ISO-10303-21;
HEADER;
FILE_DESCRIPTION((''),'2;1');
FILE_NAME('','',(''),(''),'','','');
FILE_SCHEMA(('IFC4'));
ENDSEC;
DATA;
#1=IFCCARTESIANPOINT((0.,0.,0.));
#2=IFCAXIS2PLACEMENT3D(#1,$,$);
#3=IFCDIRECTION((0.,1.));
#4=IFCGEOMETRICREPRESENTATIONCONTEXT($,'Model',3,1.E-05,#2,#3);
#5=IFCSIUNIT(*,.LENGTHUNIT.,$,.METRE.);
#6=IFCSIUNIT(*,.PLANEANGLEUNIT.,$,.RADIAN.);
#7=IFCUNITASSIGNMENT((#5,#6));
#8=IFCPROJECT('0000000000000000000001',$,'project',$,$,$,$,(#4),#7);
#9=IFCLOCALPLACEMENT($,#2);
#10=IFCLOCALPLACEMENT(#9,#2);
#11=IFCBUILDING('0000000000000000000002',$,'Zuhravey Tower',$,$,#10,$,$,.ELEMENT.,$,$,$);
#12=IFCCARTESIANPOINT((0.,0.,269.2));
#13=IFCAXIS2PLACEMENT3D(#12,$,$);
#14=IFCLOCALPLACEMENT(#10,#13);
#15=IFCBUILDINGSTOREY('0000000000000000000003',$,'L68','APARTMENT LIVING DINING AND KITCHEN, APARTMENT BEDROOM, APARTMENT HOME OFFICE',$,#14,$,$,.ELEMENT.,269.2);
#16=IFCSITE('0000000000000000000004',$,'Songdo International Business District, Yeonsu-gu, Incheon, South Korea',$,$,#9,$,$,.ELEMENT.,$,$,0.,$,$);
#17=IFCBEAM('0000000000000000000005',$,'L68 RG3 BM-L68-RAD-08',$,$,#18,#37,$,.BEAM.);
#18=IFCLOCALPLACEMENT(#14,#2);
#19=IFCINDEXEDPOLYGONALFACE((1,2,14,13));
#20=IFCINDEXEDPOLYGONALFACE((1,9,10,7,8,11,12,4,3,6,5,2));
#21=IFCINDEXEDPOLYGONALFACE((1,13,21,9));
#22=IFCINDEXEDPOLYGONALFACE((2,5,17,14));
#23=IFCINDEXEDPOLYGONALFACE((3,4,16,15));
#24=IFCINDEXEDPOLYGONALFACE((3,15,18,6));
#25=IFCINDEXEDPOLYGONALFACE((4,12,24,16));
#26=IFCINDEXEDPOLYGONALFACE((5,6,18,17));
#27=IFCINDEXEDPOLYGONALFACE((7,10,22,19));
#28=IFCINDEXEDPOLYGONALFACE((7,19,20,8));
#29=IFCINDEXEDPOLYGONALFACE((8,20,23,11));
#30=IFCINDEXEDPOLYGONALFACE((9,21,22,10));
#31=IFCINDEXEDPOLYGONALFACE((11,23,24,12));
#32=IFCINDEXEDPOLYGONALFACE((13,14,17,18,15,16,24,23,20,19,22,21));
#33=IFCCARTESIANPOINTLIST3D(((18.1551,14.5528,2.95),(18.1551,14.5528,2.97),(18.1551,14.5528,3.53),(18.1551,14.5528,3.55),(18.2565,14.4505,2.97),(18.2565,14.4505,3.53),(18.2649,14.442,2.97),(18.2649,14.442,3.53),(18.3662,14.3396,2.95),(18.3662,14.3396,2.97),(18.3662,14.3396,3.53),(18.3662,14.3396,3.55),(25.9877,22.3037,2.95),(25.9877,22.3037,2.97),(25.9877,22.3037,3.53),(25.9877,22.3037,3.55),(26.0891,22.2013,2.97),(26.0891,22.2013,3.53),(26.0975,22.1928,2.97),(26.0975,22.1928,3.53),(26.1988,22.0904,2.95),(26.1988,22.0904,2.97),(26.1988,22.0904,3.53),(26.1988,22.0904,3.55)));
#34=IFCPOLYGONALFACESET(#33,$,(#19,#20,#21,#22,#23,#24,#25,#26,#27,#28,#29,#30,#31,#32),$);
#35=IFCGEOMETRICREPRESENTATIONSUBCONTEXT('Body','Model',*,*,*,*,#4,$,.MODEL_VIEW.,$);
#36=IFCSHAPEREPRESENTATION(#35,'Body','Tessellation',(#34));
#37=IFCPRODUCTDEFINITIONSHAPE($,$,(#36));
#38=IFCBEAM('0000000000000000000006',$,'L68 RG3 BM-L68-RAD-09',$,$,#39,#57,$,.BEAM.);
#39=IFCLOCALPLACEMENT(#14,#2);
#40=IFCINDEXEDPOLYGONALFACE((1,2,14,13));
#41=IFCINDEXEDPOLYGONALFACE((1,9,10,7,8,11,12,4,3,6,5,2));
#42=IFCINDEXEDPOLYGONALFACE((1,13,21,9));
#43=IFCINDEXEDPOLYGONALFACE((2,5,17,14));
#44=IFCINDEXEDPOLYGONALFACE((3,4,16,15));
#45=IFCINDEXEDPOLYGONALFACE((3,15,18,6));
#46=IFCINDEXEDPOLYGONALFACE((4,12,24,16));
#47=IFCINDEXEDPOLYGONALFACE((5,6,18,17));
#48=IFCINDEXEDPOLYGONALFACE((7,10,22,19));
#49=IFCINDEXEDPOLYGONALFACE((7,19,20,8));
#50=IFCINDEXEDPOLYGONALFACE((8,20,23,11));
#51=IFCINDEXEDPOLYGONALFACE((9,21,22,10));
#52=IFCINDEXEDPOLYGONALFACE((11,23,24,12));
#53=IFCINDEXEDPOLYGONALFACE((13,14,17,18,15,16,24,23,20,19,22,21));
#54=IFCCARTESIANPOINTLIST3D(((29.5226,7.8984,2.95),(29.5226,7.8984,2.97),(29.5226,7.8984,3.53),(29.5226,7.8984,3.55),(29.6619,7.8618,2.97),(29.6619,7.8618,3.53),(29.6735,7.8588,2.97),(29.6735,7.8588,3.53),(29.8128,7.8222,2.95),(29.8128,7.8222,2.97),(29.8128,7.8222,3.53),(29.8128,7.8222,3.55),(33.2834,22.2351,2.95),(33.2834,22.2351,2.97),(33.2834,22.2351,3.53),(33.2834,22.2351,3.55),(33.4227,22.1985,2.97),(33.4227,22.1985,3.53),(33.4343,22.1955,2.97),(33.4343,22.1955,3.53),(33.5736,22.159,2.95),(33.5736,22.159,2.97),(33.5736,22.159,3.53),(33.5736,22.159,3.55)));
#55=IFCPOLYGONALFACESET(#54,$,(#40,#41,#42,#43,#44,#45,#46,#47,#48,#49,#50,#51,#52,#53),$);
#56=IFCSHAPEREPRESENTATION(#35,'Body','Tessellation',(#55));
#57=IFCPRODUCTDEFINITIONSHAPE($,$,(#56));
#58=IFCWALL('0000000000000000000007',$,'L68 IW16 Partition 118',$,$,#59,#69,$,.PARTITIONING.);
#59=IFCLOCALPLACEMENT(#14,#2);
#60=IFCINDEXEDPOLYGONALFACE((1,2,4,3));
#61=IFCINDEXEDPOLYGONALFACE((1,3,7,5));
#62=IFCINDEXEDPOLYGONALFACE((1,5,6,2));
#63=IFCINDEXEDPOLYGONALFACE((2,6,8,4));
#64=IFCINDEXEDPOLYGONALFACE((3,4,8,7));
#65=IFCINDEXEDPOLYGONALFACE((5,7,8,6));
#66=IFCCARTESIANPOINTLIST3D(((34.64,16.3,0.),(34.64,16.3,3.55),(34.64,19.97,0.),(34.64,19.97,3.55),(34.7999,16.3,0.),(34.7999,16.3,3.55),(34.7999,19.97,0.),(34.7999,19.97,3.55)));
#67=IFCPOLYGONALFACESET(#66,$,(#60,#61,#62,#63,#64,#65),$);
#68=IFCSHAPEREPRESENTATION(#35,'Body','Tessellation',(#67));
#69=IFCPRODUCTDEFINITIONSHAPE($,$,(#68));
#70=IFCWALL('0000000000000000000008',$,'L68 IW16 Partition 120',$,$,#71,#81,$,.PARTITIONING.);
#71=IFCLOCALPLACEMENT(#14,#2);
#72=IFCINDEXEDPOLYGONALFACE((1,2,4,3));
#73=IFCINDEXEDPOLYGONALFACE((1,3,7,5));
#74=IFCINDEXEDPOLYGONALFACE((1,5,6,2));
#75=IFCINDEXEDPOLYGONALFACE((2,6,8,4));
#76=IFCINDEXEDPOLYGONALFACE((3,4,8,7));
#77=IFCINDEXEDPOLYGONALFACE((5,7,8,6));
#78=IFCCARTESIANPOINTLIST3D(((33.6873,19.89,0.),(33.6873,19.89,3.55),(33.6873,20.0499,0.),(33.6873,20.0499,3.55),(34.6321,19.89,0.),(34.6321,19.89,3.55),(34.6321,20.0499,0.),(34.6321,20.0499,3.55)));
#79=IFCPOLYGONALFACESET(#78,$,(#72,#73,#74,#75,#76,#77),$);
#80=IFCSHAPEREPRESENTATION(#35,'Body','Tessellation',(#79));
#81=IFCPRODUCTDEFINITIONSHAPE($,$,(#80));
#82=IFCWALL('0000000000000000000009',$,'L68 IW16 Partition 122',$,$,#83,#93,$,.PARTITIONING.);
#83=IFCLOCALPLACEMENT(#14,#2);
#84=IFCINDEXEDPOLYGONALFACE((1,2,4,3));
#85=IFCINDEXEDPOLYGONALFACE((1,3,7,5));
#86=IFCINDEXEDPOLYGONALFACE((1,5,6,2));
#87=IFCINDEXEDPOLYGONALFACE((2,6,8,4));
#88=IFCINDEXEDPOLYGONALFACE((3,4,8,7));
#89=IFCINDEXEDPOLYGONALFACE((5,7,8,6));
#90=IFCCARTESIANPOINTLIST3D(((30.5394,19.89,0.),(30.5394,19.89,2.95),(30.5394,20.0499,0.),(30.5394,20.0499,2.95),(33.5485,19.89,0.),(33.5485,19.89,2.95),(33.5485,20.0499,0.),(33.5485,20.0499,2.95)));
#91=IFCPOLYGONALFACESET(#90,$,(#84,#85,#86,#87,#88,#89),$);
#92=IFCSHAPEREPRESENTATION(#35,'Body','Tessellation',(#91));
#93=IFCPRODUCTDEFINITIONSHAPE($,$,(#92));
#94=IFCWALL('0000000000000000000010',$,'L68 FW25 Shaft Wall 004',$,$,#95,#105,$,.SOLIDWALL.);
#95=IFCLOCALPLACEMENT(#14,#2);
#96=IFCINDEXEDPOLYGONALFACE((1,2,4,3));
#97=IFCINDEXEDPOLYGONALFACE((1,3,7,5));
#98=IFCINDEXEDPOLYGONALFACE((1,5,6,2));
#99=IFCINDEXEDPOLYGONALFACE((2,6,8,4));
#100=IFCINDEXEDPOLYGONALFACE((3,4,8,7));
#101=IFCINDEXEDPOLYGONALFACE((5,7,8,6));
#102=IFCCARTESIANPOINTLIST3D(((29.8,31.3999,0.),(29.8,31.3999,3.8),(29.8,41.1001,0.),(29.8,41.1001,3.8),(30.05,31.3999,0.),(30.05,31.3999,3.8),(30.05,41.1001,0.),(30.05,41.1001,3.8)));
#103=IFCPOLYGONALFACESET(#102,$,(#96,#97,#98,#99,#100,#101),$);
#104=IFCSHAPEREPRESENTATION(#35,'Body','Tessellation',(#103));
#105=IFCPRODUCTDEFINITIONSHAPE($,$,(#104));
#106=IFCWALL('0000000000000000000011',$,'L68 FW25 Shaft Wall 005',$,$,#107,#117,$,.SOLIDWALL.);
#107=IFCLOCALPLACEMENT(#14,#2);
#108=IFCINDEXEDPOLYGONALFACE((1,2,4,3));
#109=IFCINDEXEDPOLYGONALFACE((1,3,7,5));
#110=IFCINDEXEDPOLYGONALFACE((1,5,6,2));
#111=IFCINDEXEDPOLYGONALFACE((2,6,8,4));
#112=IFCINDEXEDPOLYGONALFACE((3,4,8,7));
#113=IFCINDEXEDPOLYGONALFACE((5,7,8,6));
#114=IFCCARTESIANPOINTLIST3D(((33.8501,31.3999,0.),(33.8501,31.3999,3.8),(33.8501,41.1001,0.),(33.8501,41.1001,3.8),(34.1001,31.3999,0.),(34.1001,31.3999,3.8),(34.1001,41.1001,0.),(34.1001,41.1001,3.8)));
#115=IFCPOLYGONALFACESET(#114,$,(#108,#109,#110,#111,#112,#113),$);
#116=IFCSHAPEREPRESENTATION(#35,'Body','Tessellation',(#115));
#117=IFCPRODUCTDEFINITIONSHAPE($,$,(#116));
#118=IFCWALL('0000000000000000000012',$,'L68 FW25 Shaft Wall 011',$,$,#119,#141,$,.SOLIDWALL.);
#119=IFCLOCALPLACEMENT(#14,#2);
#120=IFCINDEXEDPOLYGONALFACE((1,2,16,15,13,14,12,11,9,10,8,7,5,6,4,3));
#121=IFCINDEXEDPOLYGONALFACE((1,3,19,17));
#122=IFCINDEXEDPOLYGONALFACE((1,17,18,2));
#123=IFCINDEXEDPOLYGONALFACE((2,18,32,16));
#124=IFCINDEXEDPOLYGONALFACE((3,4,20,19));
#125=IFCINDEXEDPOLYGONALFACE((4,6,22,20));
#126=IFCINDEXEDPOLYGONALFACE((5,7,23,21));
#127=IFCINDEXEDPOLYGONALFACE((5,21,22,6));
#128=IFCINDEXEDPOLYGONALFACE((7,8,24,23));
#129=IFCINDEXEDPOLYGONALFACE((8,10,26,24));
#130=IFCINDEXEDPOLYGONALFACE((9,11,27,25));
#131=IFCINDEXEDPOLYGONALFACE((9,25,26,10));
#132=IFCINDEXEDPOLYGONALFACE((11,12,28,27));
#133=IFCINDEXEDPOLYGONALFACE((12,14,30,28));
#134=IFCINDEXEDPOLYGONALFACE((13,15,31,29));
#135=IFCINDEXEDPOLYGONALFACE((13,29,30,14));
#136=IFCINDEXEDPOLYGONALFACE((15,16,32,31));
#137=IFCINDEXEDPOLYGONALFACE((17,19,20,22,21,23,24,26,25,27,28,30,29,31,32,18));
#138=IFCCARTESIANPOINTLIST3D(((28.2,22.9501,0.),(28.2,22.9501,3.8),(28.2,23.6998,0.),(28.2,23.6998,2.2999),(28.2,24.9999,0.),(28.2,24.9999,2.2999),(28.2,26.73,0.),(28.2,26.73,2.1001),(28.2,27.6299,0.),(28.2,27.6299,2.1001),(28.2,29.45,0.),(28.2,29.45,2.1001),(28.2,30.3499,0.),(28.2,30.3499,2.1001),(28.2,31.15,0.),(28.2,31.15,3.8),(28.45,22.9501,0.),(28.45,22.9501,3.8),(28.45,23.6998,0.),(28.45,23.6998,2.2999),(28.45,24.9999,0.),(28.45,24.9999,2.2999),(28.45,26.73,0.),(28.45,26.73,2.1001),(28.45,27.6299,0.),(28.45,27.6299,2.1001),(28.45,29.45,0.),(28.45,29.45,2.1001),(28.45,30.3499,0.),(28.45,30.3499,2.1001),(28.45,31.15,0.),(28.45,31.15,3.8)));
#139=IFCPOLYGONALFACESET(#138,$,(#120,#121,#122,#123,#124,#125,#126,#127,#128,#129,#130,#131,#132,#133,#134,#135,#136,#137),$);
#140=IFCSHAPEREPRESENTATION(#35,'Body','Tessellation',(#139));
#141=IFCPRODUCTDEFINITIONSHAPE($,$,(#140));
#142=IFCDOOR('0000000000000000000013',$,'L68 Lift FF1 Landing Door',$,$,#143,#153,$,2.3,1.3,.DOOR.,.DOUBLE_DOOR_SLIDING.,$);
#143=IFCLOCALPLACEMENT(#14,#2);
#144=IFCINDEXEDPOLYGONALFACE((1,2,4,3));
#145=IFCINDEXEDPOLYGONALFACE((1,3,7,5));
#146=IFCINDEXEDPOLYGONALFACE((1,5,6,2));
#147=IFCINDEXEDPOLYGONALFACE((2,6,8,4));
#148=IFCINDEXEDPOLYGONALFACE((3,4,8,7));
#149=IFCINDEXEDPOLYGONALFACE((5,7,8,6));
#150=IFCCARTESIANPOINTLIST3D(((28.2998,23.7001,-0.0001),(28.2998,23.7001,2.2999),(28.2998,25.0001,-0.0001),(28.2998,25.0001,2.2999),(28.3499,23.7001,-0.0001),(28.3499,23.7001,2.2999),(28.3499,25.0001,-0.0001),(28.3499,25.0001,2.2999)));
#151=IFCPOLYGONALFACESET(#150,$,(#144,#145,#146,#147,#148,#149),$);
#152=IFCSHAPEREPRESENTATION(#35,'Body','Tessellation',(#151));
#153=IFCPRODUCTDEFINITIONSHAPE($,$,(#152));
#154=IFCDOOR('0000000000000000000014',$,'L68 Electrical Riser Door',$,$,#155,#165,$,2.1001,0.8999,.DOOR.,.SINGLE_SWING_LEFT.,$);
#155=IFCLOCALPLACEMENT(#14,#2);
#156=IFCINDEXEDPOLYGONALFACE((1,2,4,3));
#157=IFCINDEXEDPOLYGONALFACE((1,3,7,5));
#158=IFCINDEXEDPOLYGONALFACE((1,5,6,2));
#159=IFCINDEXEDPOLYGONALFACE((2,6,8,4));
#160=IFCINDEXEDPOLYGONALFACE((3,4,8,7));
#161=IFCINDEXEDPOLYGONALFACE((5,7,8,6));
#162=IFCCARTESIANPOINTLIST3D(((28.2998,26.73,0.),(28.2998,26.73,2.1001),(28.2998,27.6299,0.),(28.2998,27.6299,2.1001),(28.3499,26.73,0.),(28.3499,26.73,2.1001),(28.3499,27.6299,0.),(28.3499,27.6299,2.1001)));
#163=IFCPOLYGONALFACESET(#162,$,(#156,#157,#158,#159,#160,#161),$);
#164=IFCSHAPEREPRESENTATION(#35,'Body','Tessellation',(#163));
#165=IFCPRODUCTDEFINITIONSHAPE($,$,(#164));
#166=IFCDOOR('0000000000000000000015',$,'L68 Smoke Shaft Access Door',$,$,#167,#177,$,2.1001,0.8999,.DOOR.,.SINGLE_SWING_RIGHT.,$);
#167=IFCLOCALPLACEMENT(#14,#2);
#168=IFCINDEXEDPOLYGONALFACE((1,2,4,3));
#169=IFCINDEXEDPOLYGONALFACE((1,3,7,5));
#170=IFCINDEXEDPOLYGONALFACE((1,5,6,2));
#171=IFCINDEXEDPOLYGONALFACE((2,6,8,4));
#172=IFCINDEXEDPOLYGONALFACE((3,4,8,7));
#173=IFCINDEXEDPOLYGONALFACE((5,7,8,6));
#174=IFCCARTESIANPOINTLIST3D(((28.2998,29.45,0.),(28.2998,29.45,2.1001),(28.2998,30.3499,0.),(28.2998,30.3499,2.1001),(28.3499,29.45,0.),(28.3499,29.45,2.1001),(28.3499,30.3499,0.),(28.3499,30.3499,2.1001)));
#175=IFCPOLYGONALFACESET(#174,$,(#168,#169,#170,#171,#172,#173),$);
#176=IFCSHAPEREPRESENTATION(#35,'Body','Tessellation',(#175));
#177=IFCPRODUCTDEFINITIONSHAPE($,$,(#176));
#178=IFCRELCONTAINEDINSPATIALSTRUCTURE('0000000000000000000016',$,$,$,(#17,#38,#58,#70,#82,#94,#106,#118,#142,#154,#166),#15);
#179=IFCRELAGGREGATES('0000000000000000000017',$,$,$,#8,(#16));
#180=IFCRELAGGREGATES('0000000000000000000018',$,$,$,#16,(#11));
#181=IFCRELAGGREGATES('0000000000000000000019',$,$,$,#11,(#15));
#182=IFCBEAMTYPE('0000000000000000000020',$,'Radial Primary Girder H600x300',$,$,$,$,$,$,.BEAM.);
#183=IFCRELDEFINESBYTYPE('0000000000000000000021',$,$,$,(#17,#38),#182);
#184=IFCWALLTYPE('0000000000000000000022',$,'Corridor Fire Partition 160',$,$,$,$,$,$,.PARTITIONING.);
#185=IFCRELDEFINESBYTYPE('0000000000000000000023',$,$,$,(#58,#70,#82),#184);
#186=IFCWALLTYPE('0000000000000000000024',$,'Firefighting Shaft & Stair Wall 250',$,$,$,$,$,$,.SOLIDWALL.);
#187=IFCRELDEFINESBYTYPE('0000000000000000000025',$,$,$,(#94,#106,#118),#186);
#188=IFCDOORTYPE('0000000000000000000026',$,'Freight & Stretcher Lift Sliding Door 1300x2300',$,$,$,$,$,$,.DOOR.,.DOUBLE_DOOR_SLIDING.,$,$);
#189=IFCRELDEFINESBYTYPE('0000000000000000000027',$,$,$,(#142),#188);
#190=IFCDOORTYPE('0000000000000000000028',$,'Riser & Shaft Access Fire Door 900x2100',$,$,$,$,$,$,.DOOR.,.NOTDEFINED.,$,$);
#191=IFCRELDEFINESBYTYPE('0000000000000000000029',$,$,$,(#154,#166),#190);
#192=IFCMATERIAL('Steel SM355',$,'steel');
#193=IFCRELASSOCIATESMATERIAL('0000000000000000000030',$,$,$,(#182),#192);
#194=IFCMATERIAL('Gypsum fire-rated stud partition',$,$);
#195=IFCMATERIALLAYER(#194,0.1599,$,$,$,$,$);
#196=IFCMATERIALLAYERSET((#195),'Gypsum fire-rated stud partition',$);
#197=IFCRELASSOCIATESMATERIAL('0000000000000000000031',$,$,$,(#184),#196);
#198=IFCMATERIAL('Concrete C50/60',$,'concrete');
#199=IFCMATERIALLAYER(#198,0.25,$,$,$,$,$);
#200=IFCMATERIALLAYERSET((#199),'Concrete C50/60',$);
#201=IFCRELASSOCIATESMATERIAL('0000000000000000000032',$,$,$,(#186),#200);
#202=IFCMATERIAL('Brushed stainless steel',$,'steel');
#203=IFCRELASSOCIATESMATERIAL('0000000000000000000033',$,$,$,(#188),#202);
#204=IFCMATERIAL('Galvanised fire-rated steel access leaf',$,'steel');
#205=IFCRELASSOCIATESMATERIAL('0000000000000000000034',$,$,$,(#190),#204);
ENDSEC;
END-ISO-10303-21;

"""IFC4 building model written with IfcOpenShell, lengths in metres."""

from ifc_helpers import new_model, si_unit, direction, frame, frame_2d, origin, origin_2d, place, context, subcontext, project, spatial, rectangle, i_section, extrude, material, layer, layer_set, material_profile, profile_set, type_object, element, fill, save


model = new_model("IFC4")

# Units and contexts
model_context = context("Model", 3, precision=1e-05, world=origin(), true_north=direction((0.0, 1.0)))
body_context = subcontext(model_context, "Body", "Model", "MODEL_VIEW")
ifc_project = project(units=[si_unit("LENGTHUNIT", "METRE"), si_unit("PLANEANGLEUNIT", "RADIAN")], contexts=[model_context])

# Site, building, storey
site_placement = place(None, origin())
site = spatial("IfcSite", under=ifc_project, at=site_placement, Name="Songdo International Business District, Yeonsu-gu, Incheon, South Korea", CompositionType="ELEMENT", RefElevation=0.0)
building_placement = place(site_placement, origin())
building = spatial("IfcBuilding", under=site, at=building_placement, Name="Zuhravey Tower", CompositionType="ELEMENT")
storey_placement = place(building_placement, frame((0.0, 0.0, 269.2)))
storey = spatial("IfcBuildingStorey", under=building, at=storey_placement, Name="L68", Description="APARTMENT LIVING DINING AND KITCHEN, APARTMENT BEDROOM, APARTMENT HOME OFFICE", CompositionType="ELEMENT", Elevation=269.2)

# Beams
ifc_material_1 = material(Name="Steel SM355", Category="steel")
ifc_material_profile = material_profile(ifc_material_1, i_section(OverallWidth=0.3, OverallDepth=0.6001, WebThickness=0.012, FlangeThickness=0.02, at=origin_2d()), Name="H-600x300x12x20")
ifc_profile_set = profile_set([ifc_material_profile], Name="Steel SM355")
beam_type = type_object("IfcBeamType", Name="Radial Primary Girder H600x300", PredefinedType="BEAM", material=ifc_profile_set)
beam_1_placement = place(storey_placement, frame((26.0933, 22.197, 3.25), z_axis=(-0.710808, -0.703386, 0.0), x_axis=(0.703386, -0.710808, 0.0)))
element("IfcBeam", 1, at=beam_1_placement, inside=storey, type_object=beam_type, Name="L68 RG3 BM-L68-RAD-08", PredefinedType="BEAM", context=body_context, shape_type="SweptSolid", body=[
    extrude(i_section(OverallWidth=0.3, OverallDepth=0.6001, WebThickness=0.012, FlangeThickness=0.02, at=origin_2d()), origin(), (0.0, 0.0, 1.0), 11.0193),
])
beam_2_placement = place(storey_placement, frame((33.4285, 22.197, 3.25), z_axis=(-0.253732, -0.967275, 0.0), x_axis=(0.967275, -0.253732, 0.0)))
element("IfcBeam", 2, at=beam_2_placement, inside=storey, type_object=beam_type, Name="L68 RG3 BM-L68-RAD-09", PredefinedType="BEAM", context=body_context, shape_type="SweptSolid", body=[
    extrude(i_section(OverallWidth=0.3, OverallDepth=0.6001, WebThickness=0.012, FlangeThickness=0.02, at=origin_2d()), origin(), (0.0, 0.0, 1.0), 14.8218),
])

# Walls
ifc_material_2 = material(Name="Gypsum fire-rated stud partition")
ifc_layer_1 = layer(ifc_material_2, 0.1599)
ifc_layer_set_1 = layer_set([ifc_layer_1], Name="Gypsum fire-rated stud partition")
wall_type_1 = type_object("IfcWallType", Name="Corridor Fire Partition 160", PredefinedType="PARTITIONING", material=ifc_layer_set_1)
wall_1_placement = place(storey_placement, frame((34.72, 19.97, 0.0), z_axis=(0.0, 0.0, 1.0), x_axis=(0.0, -1.0, 0.0)))
element("IfcWall", 3, at=wall_1_placement, inside=storey, type_object=wall_type_1, Name="L68 IW16 Partition 118", PredefinedType="PARTITIONING", context=body_context, shape_type="SweptSolid", body=[
    extrude(rectangle(XDim=3.6699, YDim=0.1599, at=frame_2d((1.835, 0.0))), origin(), (0.0, 0.0, 1.0), 3.55),
])
wall_2_placement = place(storey_placement, frame((33.6873, 19.97, 0.0), z_axis=(0.0, 0.0, 1.0), x_axis=(1.0, 0.0, 0.0)))
element("IfcWall", 4, at=wall_2_placement, inside=storey, type_object=wall_type_1, Name="L68 IW16 Partition 120", PredefinedType="PARTITIONING", context=body_context, shape_type="SweptSolid", body=[
    extrude(rectangle(XDim=0.9448, YDim=0.1599, at=frame_2d((0.4724, 0.0))), origin(), (0.0, 0.0, 1.0), 3.55),
])
wall_3_placement = place(storey_placement, frame((30.5396, 19.97, 0.0), z_axis=(0.0, 0.0, 1.0), x_axis=(1.0, 0.0, 0.0)))
element("IfcWall", 5, at=wall_3_placement, inside=storey, type_object=wall_type_1, Name="L68 IW16 Partition 122", PredefinedType="PARTITIONING", context=body_context, shape_type="SweptSolid", body=[
    extrude(rectangle(XDim=3.009, YDim=0.1599, at=frame_2d((1.5044, 0.0))), origin(), (0.0, 0.0, 1.0), 2.95),
])
ifc_material_3 = material(Name="Concrete C50/60", Category="concrete")
ifc_layer_2 = layer(ifc_material_3, 0.25)
ifc_layer_set_2 = layer_set([ifc_layer_2], Name="Concrete C50/60")
wall_type_2 = type_object("IfcWallType", Name="Firefighting Shaft & Stair Wall 250", PredefinedType="SOLIDWALL", material=ifc_layer_set_2)
for number, where, z_axis, x_axis, name in (
    (6, (29.925, 31.3999, 0.0), (0.0, 0.0, 1.0), (0.0, 1.0, 0.0), "L68 FW25 Shaft Wall 004"),
    (7, (33.9751, 31.3999, 0.0), (0.0, 0.0, 1.0), (0.0, 1.0, 0.0), "L68 FW25 Shaft Wall 005"),
):
    element("IfcWall", number, at=place(storey_placement, frame(where, z_axis=z_axis, x_axis=x_axis)), inside=storey, type_object=wall_type_2, Name=name, PredefinedType="SOLIDWALL", context=body_context, shape_type="SweptSolid", body=[
        extrude(rectangle(XDim=9.7002, YDim=0.25, at=frame_2d((4.8501, 0.0))), origin(), (0.0, 0.0, 1.0), 3.8),
    ])

# Wall, openings, doors
wall_4_placement = place(storey_placement, frame((28.325, 22.95, 0.0), z_axis=(0.0, 0.0, 1.0), x_axis=(0.0, 1.0, 0.0)))
wall_4 = element("IfcWall", 8, at=wall_4_placement, inside=storey, type_object=wall_type_2, Name="L68 FW25 Shaft Wall 011", PredefinedType="SOLIDWALL", context=body_context, shape_type="SweptSolid", body=[
    extrude(rectangle(XDim=8.2, YDim=0.25, at=frame_2d((4.1001, 0.0))), origin(), (0.0, 0.0, 1.0), 3.8),
])
opening_1_placement = place(wall_4_placement, frame((0.75, 0.0, 0.0)))
opening_1 = element("IfcOpeningElement", 9, at=opening_1_placement, cuts=wall_4, PredefinedType="OPENING", context=body_context, shape_type="SweptSolid", body=[
    extrude(rectangle(XDim=1.3, YDim=2.3, at=frame_2d((0.6499, 1.1499))), frame((0.0, 0.137, 0.0), z_axis=(0.0, -1.0, 0.0), x_axis=(1.0, 0.0, 0.0)), (0.0, 0.0, 1.0), 0.2739),
])
opening_2_placement = place(wall_4_placement, frame((3.78, 0.0, 0.0)))
opening_2 = element("IfcOpeningElement", 10, at=opening_2_placement, cuts=wall_4, PredefinedType="OPENING", context=body_context, shape_type="SweptSolid", body=[
    extrude(rectangle(XDim=0.8999, YDim=2.1001, at=frame_2d((0.45, 1.05))), frame((0.0, 0.137, 0.0), z_axis=(0.0, -1.0, 0.0), x_axis=(1.0, 0.0, 0.0)), (0.0, 0.0, 1.0), 0.2739),
])
opening_3_placement = place(wall_4_placement, frame((6.5, 0.0, 0.0)))
opening_3 = element("IfcOpeningElement", 11, at=opening_3_placement, cuts=wall_4, PredefinedType="OPENING", context=body_context, shape_type="SweptSolid", body=[
    extrude(rectangle(XDim=0.8999, YDim=2.1001, at=frame_2d((0.45, 1.05))), frame((0.0, 0.137, 0.0), z_axis=(0.0, -1.0, 0.0), x_axis=(1.0, 0.0, 0.0)), (0.0, 0.0, 1.0), 0.2739),
])
ifc_material_4 = material(Name="Brushed stainless steel", Category="steel")
door_type_1 = type_object("IfcDoorType", Name="Freight & Stretcher Lift Sliding Door 1300x2300", OperationType="DOUBLE_DOOR_SLIDING", PredefinedType="DOOR", material=ifc_material_4)
door_1_placement = place(opening_1_placement, frame((1.3, 0.0, 0.0), z_axis=(0.0, 0.0, 1.0), x_axis=(-1.0, 0.0, 0.0)))
door_1 = element("IfcDoor", 12, at=door_1_placement, inside=storey, type_object=door_type_1, Name="L68 Lift FF1 Landing Door", OperationType="DOUBLE_DOOR_SLIDING", OverallHeight=2.3, OverallWidth=1.3, PredefinedType="DOOR", context=body_context, shape_type="SweptSolid", body=[
    extrude(rectangle(XDim=1.3, YDim=2.3, at=frame_2d((0.6499, 1.1499))), frame((0.0, 0.0249, 0.0), z_axis=(0.0, -1.0, 0.0), x_axis=(1.0, 0.0, 0.0)), (0.0, 0.0, 1.0), 0.05),
])
fill(opening_1, door_1)
ifc_material_5 = material(Name="Galvanised fire-rated steel access leaf", Category="steel")
door_type_2 = type_object("IfcDoorType", Name="Riser & Shaft Access Fire Door 900x2100", OperationType="NOTDEFINED", PredefinedType="DOOR", material=ifc_material_5)
door_2_placement = place(opening_2_placement, frame((0.8999, 0.0, 0.0), z_axis=(0.0, 0.0, 1.0), x_axis=(-1.0, 0.0, 0.0)))
door_2 = element("IfcDoor", 13, at=door_2_placement, inside=storey, type_object=door_type_2, Name="L68 Electrical Riser Door", OperationType="SINGLE_SWING_LEFT", OverallHeight=2.1001, OverallWidth=0.8999, PredefinedType="DOOR", context=body_context, shape_type="SweptSolid", body=[
    extrude(rectangle(XDim=0.8999, YDim=2.1001, at=frame_2d((0.45, 1.05))), frame((0.0, 0.0249, 0.0), z_axis=(0.0, -1.0, 0.0), x_axis=(1.0, 0.0, 0.0)), (0.0, 0.0, 1.0), 0.05),
])
fill(opening_2, door_2)
door_3_placement = place(opening_3_placement, frame((0.8999, 0.0, 0.0), z_axis=(0.0, 0.0, 1.0), x_axis=(-1.0, 0.0, 0.0)))
door_3 = element("IfcDoor", 14, at=door_3_placement, inside=storey, type_object=door_type_2, Name="L68 Smoke Shaft Access Door", OperationType="SINGLE_SWING_RIGHT", OverallHeight=2.1001, OverallWidth=0.8999, PredefinedType="DOOR", context=body_context, shape_type="SweptSolid", body=[
    extrude(rectangle(XDim=0.8999, YDim=2.1001, at=frame_2d((0.45, 1.05))), frame((0.0, 0.0249, 0.0), z_axis=(0.0, -1.0, 0.0), x_axis=(1.0, 0.0, 0.0)), (0.0, 0.0, 1.0), 0.05),
])
fill(opening_3, door_3)

save(model, "model.ifc")
